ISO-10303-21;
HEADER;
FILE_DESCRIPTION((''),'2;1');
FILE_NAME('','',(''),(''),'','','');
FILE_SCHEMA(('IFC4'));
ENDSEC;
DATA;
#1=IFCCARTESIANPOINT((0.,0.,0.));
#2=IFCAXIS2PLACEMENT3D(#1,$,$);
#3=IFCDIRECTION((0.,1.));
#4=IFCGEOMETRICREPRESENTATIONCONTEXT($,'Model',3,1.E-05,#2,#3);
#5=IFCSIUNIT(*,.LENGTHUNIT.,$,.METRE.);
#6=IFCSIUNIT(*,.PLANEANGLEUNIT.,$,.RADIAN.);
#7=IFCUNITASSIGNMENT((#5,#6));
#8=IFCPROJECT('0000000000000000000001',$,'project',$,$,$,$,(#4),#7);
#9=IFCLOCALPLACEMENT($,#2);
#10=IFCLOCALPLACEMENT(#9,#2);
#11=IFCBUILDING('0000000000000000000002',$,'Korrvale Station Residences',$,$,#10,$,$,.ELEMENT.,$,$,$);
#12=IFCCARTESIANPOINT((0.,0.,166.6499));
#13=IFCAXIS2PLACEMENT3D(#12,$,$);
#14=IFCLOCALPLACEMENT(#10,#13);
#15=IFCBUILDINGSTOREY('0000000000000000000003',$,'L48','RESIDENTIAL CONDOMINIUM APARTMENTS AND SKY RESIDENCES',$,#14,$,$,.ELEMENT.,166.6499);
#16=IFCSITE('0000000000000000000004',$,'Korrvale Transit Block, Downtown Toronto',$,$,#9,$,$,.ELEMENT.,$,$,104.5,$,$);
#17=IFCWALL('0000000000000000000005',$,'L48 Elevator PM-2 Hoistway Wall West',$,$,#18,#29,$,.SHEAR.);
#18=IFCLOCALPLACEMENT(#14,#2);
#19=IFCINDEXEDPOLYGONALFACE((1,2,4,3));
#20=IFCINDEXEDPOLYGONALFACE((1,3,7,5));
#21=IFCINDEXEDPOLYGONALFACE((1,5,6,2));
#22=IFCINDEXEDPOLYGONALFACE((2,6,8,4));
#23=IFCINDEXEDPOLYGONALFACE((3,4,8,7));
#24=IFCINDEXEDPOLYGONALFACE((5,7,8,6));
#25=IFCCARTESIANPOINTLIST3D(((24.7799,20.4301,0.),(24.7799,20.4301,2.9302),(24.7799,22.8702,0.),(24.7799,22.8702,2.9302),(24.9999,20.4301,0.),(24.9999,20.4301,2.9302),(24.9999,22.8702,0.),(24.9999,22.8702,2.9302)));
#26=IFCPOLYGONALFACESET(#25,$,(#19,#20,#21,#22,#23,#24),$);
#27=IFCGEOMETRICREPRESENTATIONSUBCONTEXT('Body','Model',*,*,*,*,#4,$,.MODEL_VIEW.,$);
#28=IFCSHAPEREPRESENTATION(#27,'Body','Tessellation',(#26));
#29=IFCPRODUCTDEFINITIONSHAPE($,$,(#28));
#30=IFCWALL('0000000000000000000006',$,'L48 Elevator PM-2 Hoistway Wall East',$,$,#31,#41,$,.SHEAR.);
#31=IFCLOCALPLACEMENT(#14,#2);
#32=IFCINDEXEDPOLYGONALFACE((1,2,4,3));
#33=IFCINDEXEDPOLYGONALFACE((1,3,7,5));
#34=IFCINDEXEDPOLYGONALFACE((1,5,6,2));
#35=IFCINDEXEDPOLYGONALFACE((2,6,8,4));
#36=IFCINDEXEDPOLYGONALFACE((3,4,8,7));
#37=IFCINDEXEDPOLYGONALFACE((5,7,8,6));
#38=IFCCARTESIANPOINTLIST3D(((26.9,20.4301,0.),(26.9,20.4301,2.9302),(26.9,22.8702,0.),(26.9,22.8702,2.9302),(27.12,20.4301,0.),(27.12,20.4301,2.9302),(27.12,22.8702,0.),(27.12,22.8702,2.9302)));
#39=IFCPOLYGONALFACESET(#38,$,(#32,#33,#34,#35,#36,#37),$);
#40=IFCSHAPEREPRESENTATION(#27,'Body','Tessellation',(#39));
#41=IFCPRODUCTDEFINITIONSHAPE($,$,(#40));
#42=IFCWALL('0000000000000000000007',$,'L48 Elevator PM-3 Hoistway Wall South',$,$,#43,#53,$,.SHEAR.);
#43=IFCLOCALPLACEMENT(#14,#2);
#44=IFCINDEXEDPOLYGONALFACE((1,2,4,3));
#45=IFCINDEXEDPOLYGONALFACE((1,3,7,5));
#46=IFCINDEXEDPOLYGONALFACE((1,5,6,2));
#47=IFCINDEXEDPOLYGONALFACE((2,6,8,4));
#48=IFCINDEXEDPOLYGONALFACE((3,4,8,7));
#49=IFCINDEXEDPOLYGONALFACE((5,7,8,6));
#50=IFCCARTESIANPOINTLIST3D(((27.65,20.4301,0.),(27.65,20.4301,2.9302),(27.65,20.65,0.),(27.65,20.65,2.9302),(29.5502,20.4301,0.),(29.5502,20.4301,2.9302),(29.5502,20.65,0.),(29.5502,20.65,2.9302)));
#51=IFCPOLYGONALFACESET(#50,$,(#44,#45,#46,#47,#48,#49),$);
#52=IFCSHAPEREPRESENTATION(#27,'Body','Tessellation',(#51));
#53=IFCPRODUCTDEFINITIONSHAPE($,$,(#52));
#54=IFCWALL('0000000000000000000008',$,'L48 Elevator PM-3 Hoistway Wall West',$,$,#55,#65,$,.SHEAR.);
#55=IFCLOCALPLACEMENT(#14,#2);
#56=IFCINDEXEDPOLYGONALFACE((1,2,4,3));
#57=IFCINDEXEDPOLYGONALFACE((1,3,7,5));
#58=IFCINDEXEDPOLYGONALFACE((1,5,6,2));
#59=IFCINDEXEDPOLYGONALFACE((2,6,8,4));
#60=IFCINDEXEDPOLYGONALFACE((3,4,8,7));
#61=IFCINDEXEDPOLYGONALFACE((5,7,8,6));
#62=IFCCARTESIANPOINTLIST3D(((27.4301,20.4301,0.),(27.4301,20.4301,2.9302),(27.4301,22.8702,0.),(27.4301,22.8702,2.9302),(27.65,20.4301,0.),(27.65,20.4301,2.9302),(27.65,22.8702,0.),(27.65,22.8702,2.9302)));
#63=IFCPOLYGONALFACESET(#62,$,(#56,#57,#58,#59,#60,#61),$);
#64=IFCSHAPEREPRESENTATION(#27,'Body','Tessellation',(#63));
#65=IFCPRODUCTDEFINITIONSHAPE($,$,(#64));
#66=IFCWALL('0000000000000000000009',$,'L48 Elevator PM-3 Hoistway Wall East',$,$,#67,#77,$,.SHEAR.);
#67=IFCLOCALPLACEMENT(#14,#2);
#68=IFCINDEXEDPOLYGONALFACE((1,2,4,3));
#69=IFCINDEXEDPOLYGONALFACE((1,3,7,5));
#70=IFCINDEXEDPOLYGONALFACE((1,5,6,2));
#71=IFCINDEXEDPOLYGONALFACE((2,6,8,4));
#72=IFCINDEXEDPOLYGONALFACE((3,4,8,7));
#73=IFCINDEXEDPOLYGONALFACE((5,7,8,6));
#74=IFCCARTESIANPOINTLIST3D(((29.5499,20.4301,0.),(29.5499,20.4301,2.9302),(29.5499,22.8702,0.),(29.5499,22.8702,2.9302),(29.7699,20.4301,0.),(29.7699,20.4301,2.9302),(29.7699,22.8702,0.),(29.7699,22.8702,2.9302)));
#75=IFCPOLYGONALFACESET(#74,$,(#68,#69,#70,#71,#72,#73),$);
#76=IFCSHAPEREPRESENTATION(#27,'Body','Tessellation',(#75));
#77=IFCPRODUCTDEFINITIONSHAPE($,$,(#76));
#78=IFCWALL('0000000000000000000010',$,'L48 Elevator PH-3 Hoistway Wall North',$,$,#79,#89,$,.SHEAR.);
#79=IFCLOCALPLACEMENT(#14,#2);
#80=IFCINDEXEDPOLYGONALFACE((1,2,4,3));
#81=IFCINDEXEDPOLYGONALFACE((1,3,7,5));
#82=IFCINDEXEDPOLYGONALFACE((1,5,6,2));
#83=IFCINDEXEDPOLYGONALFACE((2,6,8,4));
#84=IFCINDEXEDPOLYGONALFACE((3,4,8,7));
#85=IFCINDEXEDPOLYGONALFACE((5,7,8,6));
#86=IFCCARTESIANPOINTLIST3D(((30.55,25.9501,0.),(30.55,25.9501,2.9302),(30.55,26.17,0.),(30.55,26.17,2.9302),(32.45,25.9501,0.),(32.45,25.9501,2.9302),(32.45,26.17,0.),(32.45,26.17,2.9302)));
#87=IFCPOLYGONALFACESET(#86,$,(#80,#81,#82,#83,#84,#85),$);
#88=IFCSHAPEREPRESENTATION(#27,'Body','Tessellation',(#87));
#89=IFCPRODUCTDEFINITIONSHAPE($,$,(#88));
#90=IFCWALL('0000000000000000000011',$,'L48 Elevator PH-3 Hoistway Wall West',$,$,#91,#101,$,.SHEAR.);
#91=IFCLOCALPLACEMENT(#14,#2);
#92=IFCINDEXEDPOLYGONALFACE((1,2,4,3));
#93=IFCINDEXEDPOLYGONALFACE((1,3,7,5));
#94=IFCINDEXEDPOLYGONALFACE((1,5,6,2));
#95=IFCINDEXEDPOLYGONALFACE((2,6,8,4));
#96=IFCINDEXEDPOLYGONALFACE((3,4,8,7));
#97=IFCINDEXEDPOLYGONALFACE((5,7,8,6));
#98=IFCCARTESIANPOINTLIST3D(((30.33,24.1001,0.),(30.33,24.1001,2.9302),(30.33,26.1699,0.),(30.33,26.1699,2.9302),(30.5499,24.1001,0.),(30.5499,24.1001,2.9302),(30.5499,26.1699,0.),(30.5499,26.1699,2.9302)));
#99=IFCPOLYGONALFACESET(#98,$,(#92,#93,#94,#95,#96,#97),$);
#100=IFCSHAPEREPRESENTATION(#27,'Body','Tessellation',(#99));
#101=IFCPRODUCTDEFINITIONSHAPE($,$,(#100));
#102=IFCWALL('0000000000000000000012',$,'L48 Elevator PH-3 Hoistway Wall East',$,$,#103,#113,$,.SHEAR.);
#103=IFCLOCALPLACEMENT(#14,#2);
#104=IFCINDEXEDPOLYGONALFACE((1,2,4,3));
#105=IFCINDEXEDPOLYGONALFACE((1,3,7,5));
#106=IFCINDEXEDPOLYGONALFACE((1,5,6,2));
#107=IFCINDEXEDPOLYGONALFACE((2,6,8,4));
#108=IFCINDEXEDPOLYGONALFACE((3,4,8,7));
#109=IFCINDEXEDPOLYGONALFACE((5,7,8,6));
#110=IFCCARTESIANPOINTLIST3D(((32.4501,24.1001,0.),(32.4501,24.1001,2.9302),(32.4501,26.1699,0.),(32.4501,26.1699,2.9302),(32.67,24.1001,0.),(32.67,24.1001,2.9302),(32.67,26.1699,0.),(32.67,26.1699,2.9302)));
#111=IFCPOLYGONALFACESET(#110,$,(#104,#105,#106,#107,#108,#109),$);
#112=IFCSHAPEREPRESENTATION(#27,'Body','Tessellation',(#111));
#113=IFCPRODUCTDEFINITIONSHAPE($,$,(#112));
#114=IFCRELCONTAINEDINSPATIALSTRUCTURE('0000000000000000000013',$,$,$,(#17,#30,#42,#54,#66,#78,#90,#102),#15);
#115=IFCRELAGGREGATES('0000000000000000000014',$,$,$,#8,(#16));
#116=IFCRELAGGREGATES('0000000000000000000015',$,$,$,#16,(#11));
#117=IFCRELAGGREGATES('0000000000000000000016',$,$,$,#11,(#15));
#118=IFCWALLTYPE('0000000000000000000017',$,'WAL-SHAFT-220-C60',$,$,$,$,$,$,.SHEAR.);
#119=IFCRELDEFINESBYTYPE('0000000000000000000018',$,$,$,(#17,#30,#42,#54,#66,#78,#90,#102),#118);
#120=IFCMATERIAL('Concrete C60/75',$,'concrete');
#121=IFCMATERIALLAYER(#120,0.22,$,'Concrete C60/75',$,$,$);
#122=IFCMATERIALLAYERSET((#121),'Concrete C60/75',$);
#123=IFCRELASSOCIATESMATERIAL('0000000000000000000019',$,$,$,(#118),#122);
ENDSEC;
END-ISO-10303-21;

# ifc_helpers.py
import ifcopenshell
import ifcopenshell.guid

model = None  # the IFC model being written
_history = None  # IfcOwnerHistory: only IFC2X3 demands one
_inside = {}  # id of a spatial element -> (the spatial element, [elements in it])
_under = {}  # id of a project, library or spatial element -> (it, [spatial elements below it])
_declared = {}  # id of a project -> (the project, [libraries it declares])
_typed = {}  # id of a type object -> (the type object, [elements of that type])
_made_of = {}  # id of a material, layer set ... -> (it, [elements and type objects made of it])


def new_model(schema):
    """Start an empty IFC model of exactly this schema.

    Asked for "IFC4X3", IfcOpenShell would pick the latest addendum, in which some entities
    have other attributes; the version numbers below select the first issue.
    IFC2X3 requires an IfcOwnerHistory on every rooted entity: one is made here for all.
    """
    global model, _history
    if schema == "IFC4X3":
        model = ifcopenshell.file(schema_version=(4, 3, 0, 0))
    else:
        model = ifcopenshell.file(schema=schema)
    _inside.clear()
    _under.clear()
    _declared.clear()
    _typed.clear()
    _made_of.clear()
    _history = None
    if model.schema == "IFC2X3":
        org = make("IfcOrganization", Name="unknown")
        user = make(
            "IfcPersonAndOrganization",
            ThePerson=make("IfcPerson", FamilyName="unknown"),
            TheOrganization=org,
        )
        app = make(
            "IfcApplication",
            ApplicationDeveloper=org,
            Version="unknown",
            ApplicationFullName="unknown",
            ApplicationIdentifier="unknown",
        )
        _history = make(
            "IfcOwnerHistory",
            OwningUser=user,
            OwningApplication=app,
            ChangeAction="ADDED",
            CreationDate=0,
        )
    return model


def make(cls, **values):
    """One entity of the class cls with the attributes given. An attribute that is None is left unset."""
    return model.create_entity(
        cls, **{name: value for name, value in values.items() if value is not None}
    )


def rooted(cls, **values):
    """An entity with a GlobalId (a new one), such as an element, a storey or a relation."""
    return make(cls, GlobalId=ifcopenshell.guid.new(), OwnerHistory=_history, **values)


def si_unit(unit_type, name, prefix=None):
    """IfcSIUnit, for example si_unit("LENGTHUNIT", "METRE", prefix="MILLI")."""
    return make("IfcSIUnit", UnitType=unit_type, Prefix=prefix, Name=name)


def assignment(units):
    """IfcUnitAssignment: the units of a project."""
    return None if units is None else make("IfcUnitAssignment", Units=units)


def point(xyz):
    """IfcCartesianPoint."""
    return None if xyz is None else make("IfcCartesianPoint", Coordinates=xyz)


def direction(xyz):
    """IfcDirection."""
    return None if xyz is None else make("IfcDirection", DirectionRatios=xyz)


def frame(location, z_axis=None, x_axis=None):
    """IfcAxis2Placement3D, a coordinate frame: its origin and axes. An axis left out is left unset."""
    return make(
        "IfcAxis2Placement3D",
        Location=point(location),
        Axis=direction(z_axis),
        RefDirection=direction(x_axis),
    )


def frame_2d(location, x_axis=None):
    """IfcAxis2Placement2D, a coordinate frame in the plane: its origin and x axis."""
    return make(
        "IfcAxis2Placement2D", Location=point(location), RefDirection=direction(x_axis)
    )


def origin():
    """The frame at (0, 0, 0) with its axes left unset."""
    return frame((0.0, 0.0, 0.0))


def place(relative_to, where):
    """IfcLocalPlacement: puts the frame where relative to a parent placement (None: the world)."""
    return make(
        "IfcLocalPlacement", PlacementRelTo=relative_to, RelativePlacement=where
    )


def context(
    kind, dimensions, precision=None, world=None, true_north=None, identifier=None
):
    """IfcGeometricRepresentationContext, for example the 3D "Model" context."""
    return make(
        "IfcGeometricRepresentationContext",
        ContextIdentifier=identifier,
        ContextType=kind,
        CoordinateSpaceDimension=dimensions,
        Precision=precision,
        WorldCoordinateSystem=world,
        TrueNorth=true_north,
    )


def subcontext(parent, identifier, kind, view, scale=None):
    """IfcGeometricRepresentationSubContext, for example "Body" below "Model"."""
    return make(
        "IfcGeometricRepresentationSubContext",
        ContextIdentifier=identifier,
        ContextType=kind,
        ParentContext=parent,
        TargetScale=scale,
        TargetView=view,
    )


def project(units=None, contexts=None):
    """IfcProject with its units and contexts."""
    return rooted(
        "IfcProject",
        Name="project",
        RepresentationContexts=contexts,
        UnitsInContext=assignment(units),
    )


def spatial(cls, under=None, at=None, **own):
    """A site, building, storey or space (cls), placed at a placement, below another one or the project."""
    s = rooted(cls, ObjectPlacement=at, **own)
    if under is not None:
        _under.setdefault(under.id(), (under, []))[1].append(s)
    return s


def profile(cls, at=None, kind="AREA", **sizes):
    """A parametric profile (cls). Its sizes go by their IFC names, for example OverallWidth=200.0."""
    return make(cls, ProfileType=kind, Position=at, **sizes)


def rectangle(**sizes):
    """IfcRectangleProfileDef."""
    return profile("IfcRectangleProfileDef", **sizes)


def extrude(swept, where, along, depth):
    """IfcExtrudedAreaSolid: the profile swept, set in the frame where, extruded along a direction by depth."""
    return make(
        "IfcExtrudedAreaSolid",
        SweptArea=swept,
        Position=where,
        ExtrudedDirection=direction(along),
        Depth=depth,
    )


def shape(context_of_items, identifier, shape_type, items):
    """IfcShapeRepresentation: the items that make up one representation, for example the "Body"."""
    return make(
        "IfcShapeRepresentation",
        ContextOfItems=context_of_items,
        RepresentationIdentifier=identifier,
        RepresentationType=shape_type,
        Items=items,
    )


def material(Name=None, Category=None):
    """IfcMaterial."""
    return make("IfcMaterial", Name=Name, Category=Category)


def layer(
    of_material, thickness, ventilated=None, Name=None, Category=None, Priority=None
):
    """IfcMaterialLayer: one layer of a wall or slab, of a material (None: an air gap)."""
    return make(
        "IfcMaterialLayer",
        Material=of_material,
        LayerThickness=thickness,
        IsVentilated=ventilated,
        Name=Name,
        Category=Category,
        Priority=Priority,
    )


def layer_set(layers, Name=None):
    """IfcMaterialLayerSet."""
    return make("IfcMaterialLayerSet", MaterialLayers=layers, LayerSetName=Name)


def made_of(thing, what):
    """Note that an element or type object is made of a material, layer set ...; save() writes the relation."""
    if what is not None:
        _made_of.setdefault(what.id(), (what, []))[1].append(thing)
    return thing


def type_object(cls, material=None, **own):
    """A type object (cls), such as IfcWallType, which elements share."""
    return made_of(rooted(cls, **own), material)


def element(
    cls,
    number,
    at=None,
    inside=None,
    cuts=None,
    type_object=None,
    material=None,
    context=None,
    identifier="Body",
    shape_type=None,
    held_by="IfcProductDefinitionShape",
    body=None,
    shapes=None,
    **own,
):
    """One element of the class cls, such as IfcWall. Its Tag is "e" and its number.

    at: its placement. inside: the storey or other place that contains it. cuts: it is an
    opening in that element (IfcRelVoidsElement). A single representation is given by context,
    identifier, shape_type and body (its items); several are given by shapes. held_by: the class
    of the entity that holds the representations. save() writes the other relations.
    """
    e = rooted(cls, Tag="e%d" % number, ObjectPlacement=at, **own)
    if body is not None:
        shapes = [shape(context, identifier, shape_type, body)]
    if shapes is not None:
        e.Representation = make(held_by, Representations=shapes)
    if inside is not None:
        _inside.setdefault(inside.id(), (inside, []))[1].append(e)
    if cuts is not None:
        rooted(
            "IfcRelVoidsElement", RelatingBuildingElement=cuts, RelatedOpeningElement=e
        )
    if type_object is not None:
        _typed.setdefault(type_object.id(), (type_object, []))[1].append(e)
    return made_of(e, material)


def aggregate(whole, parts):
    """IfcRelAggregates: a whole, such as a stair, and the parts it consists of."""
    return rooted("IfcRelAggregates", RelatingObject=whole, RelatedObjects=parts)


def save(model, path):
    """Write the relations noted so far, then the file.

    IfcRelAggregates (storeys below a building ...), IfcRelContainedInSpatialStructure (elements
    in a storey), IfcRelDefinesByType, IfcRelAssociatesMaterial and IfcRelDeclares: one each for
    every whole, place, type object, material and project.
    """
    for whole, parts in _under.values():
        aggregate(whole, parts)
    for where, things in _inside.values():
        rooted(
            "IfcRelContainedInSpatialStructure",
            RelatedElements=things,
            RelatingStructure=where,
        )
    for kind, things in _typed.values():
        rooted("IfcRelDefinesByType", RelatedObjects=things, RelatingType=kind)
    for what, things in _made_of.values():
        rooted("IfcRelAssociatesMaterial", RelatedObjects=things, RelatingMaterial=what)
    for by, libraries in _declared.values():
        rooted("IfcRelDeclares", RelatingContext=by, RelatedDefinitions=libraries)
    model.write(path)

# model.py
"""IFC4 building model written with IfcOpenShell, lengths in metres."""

from ifc_helpers import new_model, si_unit, direction, frame, frame_2d, origin, place, context, subcontext, project, spatial, rectangle, extrude, material, layer, layer_set, type_object, element, save


model = new_model("IFC4")

# Units and contexts
model_context = context("Model", 3, precision=1e-05, world=origin(), true_north=direction((0.0, 1.0)))
body_context = subcontext(model_context, "Body", "Model", "MODEL_VIEW")
ifc_project = project(units=[si_unit("LENGTHUNIT", "METRE"), si_unit("PLANEANGLEUNIT", "RADIAN")], contexts=[model_context])

# Site, building, storey
site_placement = place(None, origin())
site = spatial("IfcSite", under=ifc_project, at=site_placement, Name="Korrvale Transit Block, Downtown Toronto", CompositionType="ELEMENT", RefElevation=104.5)
building_placement = place(site_placement, origin())
building = spatial("IfcBuilding", under=site, at=building_placement, Name="Korrvale Station Residences", CompositionType="ELEMENT")
storey_placement = place(building_placement, frame((0.0, 0.0, 166.6499)))
storey = spatial("IfcBuildingStorey", under=building, at=storey_placement, Name="L48", Description="RESIDENTIAL CONDOMINIUM APARTMENTS AND SKY RESIDENCES", CompositionType="ELEMENT", Elevation=166.6499)

# Shared definitions
ifc_material_1 = material(Name="Concrete C60/75", Category="concrete")

# Shared definitions
ifc_layer_1 = layer(ifc_material_1, 0.22, Name="Concrete C60/75")
ifc_layer_set_1 = layer_set([ifc_layer_1], Name="Concrete C60/75")
wall_type_1 = type_object("IfcWallType", Name="WAL-SHAFT-220-C60", PredefinedType="SHEAR", material=ifc_layer_set_1)

# Walls
for number, where, z_axis, x_axis, name in (
    (1, (24.8899, 20.4299, 0.0), (0.0, 0.0, 1.0), (0.0, 1.0, 0.0), "L48 Elevator PM-2 Hoistway Wall West"),
    (2, (27.01, 20.4299, 0.0), (0.0, 0.0, 1.0), (0.0, 1.0, 0.0), "L48 Elevator PM-2 Hoistway Wall East"),
):
    element("IfcWall", number, at=place(storey_placement, frame(where, z_axis=z_axis, x_axis=x_axis)), inside=storey, type_object=wall_type_1, Name=name, PredefinedType="SHEAR", context=body_context, shape_type="SweptSolid", body=[
        extrude(rectangle(XDim=2.4402, YDim=0.22, at=frame_2d((1.2202, 0.0))), origin(), (0.0, 0.0, 1.0), 2.9302),
    ])
wall_1_placement = place(storey_placement, frame((27.6499, 20.54, 0.0), z_axis=(0.0, 0.0, 1.0), x_axis=(1.0, 0.0, 0.0)))
element("IfcWall", 3, at=wall_1_placement, inside=storey, type_object=wall_type_1, Name="L48 Elevator PM-3 Hoistway Wall South", PredefinedType="SHEAR", context=body_context, shape_type="SweptSolid", body=[
    extrude(rectangle(XDim=1.9001, YDim=0.22, at=frame_2d((0.9502, 0.0))), origin(), (0.0, 0.0, 1.0), 2.9302),
])

# Walls
for number, where, z_axis, x_axis, name in (
    (4, (27.54, 20.4299, 0.0), (0.0, 0.0, 1.0), (0.0, 1.0, 0.0), "L48 Elevator PM-3 Hoistway Wall West"),
    (5, (29.6599, 20.4299, 0.0), (0.0, 0.0, 1.0), (0.0, 1.0, 0.0), "L48 Elevator PM-3 Hoistway Wall East"),
):
    element("IfcWall", number, at=place(storey_placement, frame(where, z_axis=z_axis, x_axis=x_axis)), inside=storey, type_object=wall_type_1, Name=name, PredefinedType="SHEAR", context=body_context, shape_type="SweptSolid", body=[
        extrude(rectangle(XDim=2.4402, YDim=0.22, at=frame_2d((1.2202, 0.0))), origin(), (0.0, 0.0, 1.0), 2.9302),
    ])
wall_2_placement = place(storey_placement, frame((30.55, 26.0601, 0.0), z_axis=(0.0, 0.0, 1.0), x_axis=(1.0, 0.0, 0.0)))
element("IfcWall", 6, at=wall_2_placement, inside=storey, type_object=wall_type_1, Name="L48 Elevator PH-3 Hoistway Wall North", PredefinedType="SHEAR", context=body_context, shape_type="SweptSolid", body=[
    extrude(rectangle(XDim=1.8999, YDim=0.22, at=frame_2d((0.95, 0.0))), origin(), (0.0, 0.0, 1.0), 2.9302),
])
for number, where, z_axis, x_axis, name in (
    (7, (30.4399, 24.1001, 0.0), (0.0, 0.0, 1.0), (0.0, 1.0, 0.0), "L48 Elevator PH-3 Hoistway Wall West"),
    (8, (32.5601, 24.1001, 0.0), (0.0, 0.0, 1.0), (0.0, 1.0, 0.0), "L48 Elevator PH-3 Hoistway Wall East"),
):
    element("IfcWall", number, at=place(storey_placement, frame(where, z_axis=z_axis, x_axis=x_axis)), inside=storey, type_object=wall_type_1, Name=name, PredefinedType="SHEAR", context=body_context, shape_type="SweptSolid", body=[
        extrude(rectangle(XDim=2.0698, YDim=0.22, at=frame_2d((1.0349, 0.0))), origin(), (0.0, 0.0, 1.0), 2.9302),
    ])

save(model, "model.ifc")
